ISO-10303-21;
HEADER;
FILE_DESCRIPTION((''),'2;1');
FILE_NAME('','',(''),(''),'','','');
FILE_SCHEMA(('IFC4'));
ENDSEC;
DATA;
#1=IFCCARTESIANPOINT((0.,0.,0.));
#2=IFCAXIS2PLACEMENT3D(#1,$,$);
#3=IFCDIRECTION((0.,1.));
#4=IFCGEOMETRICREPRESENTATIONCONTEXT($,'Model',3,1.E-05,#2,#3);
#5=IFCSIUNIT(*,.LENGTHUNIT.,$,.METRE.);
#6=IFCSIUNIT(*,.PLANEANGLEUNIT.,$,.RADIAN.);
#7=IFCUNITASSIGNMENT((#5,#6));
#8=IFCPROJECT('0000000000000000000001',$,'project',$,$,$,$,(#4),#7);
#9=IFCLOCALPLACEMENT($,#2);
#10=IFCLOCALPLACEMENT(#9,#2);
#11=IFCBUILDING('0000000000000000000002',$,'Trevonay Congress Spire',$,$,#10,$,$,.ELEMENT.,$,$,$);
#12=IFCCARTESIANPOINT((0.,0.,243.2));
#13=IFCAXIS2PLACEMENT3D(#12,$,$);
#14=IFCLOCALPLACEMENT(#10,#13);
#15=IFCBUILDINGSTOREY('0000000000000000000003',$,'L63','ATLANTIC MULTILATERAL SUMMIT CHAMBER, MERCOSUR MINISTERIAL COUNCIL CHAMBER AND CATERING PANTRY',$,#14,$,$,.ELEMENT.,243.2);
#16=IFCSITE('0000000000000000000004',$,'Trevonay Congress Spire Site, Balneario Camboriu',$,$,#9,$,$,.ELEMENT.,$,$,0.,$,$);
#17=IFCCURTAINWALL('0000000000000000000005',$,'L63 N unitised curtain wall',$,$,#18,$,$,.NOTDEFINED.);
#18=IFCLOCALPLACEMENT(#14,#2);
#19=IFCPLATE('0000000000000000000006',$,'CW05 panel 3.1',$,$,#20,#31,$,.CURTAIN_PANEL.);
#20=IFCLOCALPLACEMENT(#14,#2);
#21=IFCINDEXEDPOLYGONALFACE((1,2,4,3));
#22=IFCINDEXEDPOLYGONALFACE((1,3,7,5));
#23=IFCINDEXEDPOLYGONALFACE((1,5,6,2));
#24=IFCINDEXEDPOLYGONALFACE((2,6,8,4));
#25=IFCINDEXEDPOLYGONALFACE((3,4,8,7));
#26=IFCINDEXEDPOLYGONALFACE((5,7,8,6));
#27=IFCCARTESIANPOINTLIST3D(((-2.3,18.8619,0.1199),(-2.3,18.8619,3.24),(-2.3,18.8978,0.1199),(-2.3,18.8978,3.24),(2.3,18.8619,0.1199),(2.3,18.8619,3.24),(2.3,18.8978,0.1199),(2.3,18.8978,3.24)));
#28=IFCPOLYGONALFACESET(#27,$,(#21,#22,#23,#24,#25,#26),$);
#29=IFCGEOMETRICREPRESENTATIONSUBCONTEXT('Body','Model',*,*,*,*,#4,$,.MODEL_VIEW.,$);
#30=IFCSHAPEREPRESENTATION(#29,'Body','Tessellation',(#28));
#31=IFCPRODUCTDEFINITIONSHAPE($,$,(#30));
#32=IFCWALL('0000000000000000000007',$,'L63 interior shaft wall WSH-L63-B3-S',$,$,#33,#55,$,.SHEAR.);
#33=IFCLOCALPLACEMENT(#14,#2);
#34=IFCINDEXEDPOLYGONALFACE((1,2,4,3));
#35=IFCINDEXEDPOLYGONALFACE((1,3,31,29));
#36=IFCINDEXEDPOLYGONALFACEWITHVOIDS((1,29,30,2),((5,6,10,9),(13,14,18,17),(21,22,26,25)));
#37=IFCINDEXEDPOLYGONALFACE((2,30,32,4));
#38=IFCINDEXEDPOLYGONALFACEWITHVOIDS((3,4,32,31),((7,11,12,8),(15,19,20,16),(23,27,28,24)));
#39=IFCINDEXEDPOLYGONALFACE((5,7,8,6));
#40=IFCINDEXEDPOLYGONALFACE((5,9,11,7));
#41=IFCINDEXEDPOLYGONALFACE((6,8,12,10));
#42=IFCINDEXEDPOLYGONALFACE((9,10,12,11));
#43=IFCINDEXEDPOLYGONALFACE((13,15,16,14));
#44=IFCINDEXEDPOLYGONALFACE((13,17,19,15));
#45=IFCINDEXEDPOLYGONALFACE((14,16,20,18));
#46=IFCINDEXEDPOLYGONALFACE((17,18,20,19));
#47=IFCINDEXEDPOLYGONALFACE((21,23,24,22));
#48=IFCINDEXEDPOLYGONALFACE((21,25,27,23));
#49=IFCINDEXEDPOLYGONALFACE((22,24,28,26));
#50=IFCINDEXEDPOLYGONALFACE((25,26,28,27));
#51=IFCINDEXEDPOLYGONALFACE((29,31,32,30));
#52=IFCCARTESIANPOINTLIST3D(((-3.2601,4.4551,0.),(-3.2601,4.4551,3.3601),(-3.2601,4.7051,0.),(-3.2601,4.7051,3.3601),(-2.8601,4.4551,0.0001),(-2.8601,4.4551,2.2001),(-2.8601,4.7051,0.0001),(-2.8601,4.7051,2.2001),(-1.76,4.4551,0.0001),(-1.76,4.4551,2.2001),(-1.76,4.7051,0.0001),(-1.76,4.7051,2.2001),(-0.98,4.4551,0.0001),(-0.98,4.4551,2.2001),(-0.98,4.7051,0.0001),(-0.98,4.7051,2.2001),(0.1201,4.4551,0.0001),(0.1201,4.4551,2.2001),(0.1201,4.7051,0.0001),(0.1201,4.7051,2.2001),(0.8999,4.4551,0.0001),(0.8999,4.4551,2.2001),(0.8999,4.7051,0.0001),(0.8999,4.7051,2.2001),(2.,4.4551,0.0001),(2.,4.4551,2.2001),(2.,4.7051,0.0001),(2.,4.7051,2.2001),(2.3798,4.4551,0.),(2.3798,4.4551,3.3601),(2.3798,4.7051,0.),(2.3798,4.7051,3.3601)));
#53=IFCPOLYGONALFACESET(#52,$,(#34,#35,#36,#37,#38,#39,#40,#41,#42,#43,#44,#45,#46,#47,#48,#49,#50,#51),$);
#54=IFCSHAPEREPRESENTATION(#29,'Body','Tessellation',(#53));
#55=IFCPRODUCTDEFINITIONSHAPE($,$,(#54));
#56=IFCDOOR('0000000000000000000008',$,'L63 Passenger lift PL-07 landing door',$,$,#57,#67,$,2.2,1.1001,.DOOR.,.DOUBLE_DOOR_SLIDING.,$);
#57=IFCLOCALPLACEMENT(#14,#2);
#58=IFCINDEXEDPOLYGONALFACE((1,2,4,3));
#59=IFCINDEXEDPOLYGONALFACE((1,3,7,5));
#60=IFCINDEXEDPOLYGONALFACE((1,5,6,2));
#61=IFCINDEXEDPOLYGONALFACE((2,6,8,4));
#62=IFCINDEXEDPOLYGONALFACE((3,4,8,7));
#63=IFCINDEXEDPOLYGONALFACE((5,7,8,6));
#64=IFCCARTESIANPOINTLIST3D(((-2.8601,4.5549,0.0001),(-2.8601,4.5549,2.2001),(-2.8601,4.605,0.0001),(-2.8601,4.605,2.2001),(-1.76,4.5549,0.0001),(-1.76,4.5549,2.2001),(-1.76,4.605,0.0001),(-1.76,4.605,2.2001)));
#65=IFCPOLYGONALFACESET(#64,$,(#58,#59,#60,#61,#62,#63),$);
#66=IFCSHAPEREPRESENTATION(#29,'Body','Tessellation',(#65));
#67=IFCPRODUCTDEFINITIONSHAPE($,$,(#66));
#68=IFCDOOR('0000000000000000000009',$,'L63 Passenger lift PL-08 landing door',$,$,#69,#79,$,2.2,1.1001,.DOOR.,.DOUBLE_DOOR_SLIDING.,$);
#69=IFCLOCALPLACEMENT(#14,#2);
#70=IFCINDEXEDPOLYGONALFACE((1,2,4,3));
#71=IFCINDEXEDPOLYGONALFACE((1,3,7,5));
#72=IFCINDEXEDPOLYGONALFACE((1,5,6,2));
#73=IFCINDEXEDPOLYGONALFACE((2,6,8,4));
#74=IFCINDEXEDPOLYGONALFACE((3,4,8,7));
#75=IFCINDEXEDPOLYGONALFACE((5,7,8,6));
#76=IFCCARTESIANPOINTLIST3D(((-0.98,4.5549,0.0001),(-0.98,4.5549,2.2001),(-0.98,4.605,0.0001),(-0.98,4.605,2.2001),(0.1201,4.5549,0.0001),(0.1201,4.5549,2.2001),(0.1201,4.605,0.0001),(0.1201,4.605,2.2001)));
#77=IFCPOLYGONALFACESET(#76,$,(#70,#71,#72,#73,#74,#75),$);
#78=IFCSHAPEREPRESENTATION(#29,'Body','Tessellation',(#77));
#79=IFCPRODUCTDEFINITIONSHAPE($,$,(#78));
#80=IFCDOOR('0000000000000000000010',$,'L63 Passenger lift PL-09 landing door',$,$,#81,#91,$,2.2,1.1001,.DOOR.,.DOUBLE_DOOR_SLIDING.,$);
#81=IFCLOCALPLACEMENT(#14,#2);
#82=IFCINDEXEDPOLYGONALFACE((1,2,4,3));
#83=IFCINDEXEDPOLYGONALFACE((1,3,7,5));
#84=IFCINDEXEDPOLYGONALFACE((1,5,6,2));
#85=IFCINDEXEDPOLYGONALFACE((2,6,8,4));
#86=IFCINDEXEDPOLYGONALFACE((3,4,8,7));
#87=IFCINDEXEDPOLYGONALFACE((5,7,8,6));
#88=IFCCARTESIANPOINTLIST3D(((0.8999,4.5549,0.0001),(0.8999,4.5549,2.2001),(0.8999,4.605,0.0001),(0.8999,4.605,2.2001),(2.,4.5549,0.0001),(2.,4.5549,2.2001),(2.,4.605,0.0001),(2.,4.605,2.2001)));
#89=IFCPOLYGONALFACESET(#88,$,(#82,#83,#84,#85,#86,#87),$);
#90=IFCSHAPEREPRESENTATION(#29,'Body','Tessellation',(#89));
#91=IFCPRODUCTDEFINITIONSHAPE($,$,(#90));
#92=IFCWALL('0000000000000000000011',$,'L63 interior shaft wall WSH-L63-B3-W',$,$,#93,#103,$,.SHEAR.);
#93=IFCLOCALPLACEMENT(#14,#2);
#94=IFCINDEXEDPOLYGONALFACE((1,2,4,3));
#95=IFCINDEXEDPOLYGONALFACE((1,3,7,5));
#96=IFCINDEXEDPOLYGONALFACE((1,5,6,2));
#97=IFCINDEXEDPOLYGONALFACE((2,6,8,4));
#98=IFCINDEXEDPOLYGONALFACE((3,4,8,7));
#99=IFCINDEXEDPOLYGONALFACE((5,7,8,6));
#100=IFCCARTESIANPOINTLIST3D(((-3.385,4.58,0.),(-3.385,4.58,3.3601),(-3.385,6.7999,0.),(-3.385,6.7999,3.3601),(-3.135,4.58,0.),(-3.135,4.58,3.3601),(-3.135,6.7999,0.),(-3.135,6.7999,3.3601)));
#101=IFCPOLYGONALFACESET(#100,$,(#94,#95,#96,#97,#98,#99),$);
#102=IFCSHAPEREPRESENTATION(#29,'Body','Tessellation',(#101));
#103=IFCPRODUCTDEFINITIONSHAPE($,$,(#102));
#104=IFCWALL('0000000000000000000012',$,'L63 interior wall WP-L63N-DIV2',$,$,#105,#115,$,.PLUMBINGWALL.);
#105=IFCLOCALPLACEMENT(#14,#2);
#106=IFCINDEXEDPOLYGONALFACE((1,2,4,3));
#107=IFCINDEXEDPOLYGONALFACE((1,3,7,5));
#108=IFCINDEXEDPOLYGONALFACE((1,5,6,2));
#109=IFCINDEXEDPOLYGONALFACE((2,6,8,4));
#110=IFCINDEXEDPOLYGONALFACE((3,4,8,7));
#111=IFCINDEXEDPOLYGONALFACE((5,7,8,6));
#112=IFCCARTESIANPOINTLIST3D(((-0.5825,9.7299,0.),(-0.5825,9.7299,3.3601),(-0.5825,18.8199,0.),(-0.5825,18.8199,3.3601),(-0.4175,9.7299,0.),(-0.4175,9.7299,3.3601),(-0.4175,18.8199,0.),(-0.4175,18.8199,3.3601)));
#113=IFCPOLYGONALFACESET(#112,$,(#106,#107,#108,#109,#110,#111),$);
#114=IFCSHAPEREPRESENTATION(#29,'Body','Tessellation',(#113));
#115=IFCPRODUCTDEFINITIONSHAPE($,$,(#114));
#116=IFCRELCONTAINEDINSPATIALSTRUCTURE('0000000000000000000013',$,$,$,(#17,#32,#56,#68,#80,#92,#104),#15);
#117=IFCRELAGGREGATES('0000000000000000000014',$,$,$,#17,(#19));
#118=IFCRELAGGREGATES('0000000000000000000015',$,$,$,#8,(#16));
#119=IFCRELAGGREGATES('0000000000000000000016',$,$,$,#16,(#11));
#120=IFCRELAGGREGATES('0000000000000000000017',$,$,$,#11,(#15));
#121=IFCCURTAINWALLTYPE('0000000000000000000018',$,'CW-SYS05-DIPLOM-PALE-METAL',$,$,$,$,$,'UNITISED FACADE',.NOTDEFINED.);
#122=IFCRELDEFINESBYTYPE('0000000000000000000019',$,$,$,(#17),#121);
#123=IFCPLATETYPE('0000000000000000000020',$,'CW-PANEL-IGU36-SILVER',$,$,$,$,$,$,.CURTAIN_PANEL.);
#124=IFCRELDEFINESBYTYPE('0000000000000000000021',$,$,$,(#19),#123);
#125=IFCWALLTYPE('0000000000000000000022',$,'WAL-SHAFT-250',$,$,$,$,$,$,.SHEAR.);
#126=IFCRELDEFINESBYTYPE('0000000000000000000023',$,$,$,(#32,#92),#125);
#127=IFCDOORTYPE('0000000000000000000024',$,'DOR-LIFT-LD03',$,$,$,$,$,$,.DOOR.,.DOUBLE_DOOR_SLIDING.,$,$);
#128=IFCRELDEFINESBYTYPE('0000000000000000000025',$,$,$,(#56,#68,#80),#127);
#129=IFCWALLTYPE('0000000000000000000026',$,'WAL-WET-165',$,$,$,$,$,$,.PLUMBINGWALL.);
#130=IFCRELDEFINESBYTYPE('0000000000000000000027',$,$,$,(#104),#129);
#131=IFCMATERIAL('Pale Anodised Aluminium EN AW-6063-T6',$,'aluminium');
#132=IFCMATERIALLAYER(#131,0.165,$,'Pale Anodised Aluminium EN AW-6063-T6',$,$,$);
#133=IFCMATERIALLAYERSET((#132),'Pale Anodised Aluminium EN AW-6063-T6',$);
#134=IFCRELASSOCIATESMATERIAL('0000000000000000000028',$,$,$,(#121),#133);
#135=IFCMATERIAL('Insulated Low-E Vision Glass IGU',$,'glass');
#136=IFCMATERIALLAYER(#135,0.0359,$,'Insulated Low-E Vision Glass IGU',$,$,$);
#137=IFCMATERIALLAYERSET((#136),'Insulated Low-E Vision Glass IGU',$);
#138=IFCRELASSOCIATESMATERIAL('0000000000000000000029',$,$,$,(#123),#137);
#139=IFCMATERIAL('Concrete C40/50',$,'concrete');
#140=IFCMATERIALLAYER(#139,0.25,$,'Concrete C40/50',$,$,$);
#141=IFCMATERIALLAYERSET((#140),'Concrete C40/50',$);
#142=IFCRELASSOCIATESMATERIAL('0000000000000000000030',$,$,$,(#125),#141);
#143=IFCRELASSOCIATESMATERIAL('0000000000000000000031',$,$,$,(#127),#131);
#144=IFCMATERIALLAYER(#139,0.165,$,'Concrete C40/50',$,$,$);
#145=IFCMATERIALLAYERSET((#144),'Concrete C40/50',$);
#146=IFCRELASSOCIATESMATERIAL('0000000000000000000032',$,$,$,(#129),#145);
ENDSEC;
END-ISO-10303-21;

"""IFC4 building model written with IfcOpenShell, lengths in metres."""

from ifc_helpers import new_model, si_unit, direction, frame, frame_2d, origin, origin_2d, place, context, subcontext, project, spatial, rectangle, extrude, material, layer, layer_set, type_object, element, fill, aggregate, save


model = new_model("IFC4")

# Units and contexts
model_context = context("Model", 3, precision=1e-05, world=origin(), true_north=direction((0.0, 1.0)))
body_context = subcontext(model_context, "Body", "Model", "MODEL_VIEW")
ifc_project = project(units=[si_unit("LENGTHUNIT", "METRE"), si_unit("PLANEANGLEUNIT", "RADIAN")], contexts=[model_context])

# Site, building, storey
site_placement = place(None, origin())
site = spatial("IfcSite", under=ifc_project, at=site_placement, Name="Trevonay Congress Spire Site, Balneario Camboriu", CompositionType="ELEMENT", RefElevation=0.0)
building_placement = place(site_placement, origin())
building = spatial("IfcBuilding", under=site, at=building_placement, Name="Trevonay Congress Spire", CompositionType="ELEMENT")
storey_placement = place(building_placement, frame((0.0, 0.0, 243.2)))
storey = spatial("IfcBuildingStorey", under=building, at=storey_placement, Name="L63", Description="ATLANTIC MULTILATERAL SUMMIT CHAMBER, MERCOSUR MINISTERIAL COUNCIL CHAMBER AND CATERING PANTRY", CompositionType="ELEMENT", Elevation=243.2)

# Curtain wall, plate
ifc_material_1 = material(Name="Pale Anodised Aluminium EN AW-6063-T6", Category="aluminium")
ifc_layer_1 = layer(ifc_material_1, 0.165, Name="Pale Anodised Aluminium EN AW-6063-T6")
ifc_layer_set_1 = layer_set([ifc_layer_1], Name="Pale Anodised Aluminium EN AW-6063-T6")
curtain_wall_type = type_object("IfcCurtainWallType", Name="CW-SYS05-DIPLOM-PALE-METAL", ElementType="UNITISED FACADE", PredefinedType="NOTDEFINED", material=ifc_layer_set_1)
curtain_wall_placement = place(storey_placement, origin())
curtain_wall = element("IfcCurtainWall", 1, at=curtain_wall_placement, inside=storey, type_object=curtain_wall_type, Name="L63 N unitised curtain wall", PredefinedType="NOTDEFINED")
ifc_material_2 = material(Name="Insulated Low-E Vision Glass IGU", Category="glass")
ifc_layer_2 = layer(ifc_material_2, 0.0359, Name="Insulated Low-E Vision Glass IGU")
ifc_layer_set_2 = layer_set([ifc_layer_2], Name="Insulated Low-E Vision Glass IGU")
plate_type = type_object("IfcPlateType", Name="CW-PANEL-IGU36-SILVER", PredefinedType="CURTAIN_PANEL", material=ifc_layer_set_2)
plate_1_placement = place(storey_placement, frame((0.0, 18.8799, 0.1199), z_axis=(0.0, 0.0, 1.0), x_axis=(1.0, 0.0, 0.0)))
plate_1 = element("IfcPlate", 2, at=plate_1_placement, type_object=plate_type, Name="CW05 panel 3.1", PredefinedType="CURTAIN_PANEL", context=body_context, shape_type="SweptSolid", body=[
    extrude(rectangle(XDim=4.6001, YDim=0.0359, at=origin_2d()), origin(), (0.0, 0.0, 1.0), 3.1201),
])
aggregate(curtain_wall, [plate_1])

# Wall, openings, doors
ifc_material_3 = material(Name="Concrete C40/50", Category="concrete")
ifc_layer_3 = layer(ifc_material_3, 0.25, Name="Concrete C40/50")
ifc_layer_set_3 = layer_set([ifc_layer_3], Name="Concrete C40/50")
wall_type_1 = type_object("IfcWallType", Name="WAL-SHAFT-250", PredefinedType="SHEAR", material=ifc_layer_set_3)
wall_1_placement = place(storey_placement, frame((-3.26, 4.5801, 0.0), z_axis=(0.0, 0.0, 1.0), x_axis=(1.0, 0.0, 0.0)))
wall_1 = element("IfcWall", 3, at=wall_1_placement, inside=storey, type_object=wall_type_1, Name="L63 interior shaft wall WSH-L63-B3-S", PredefinedType="SHEAR", context=body_context, shape_type="SweptSolid", body=[
    extrude(rectangle(XDim=5.6399, YDim=0.25, at=frame_2d((2.8198, 0.0))), origin(), (0.0, 0.0, 1.0), 3.3601),
])
opening_1_placement = place(wall_1_placement, frame((0.3999, 0.0, 0.0)))
opening_1 = element("IfcOpeningElement", 4, at=opening_1_placement, cuts=wall_1, PredefinedType="OPENING", context=body_context, shape_type="SweptSolid", body=[
    extrude(rectangle(XDim=1.1001, YDim=2.2, at=frame_2d((0.55, 1.1001))), frame((0.0, 0.135, 0.0), z_axis=(0.0, -1.0, 0.0), x_axis=(1.0, 0.0, 0.0)), (0.0, 0.0, 1.0), 0.27),
])
opening_2_placement = place(wall_1_placement, frame((2.28, 0.0, 0.0)))
opening_2 = element("IfcOpeningElement", 5, at=opening_2_placement, cuts=wall_1, PredefinedType="OPENING", context=body_context, shape_type="SweptSolid", body=[
    extrude(rectangle(XDim=1.1001, YDim=2.2, at=frame_2d((0.55, 1.1001))), frame((0.0, 0.135, 0.0), z_axis=(0.0, -1.0, 0.0), x_axis=(1.0, 0.0, 0.0)), (0.0, 0.0, 1.0), 0.27),
])
opening_3_placement = place(wall_1_placement, frame((4.1599, 0.0, 0.0)))
opening_3 = element("IfcOpeningElement", 6, at=opening_3_placement, cuts=wall_1, PredefinedType="OPENING", context=body_context, shape_type="SweptSolid", body=[
    extrude(rectangle(XDim=1.1001, YDim=2.2, at=frame_2d((0.55, 1.1001))), frame((0.0, 0.135, 0.0), z_axis=(0.0, -1.0, 0.0), x_axis=(1.0, 0.0, 0.0)), (0.0, 0.0, 1.0), 0.27),
])
door_type = type_object("IfcDoorType", Name="DOR-LIFT-LD03", OperationType="DOUBLE_DOOR_SLIDING", PredefinedType="DOOR", material=ifc_material_1)
door_1_placement = place(opening_1_placement, origin())
door_1 = element("IfcDoor", 7, at=door_1_placement, inside=storey, type_object=door_type, Name="L63 Passenger lift PL-07 landing door", OperationType="DOUBLE_DOOR_SLIDING", OverallHeight=2.2, OverallWidth=1.1001, PredefinedType="DOOR", context=body_context, shape_type="SweptSolid", body=[
    extrude(rectangle(XDim=1.1001, YDim=2.2, at=frame_2d((0.55, 1.1001))), frame((0.0, 0.0249, 0.0), z_axis=(0.0, -1.0, 0.0), x_axis=(1.0, 0.0, 0.0)), (0.0, 0.0, 1.0), 0.05),
])
fill(opening_1, door_1)
door_2_placement = place(opening_2_placement, origin())
door_2 = element("IfcDoor", 8, at=door_2_placement, inside=storey, type_object=door_type, Name="L63 Passenger lift PL-08 landing door", OperationType="DOUBLE_DOOR_SLIDING", OverallHeight=2.2, OverallWidth=1.1001, PredefinedType="DOOR", context=body_context, shape_type="SweptSolid", body=[
    extrude(rectangle(XDim=1.1001, YDim=2.2, at=frame_2d((0.55, 1.1001))), frame((0.0, 0.0249, 0.0), z_axis=(0.0, -1.0, 0.0), x_axis=(1.0, 0.0, 0.0)), (0.0, 0.0, 1.0), 0.05),
])
fill(opening_2, door_2)
door_3_placement = place(opening_3_placement, origin())
door_3 = element("IfcDoor", 9, at=door_3_placement, inside=storey, type_object=door_type, Name="L63 Passenger lift PL-09 landing door", OperationType="DOUBLE_DOOR_SLIDING", OverallHeight=2.2, OverallWidth=1.1001, PredefinedType="DOOR", context=body_context, shape_type="SweptSolid", body=[
    extrude(rectangle(XDim=1.1001, YDim=2.2, at=frame_2d((0.55, 1.1001))), frame((0.0, 0.0249, 0.0), z_axis=(0.0, -1.0, 0.0), x_axis=(1.0, 0.0, 0.0)), (0.0, 0.0, 1.0), 0.05),
])
fill(opening_3, door_3)

# Walls
wall_2_placement = place(storey_placement, frame((-3.26, 4.5801, 0.0), z_axis=(0.0, 0.0, 1.0), x_axis=(0.0, 1.0, 0.0)))
element("IfcWall", 10, at=wall_2_placement, inside=storey, type_object=wall_type_1, Name="L63 interior shaft wall WSH-L63-B3-W", PredefinedType="SHEAR", context=body_context, shape_type="SweptSolid", body=[
    extrude(rectangle(XDim=2.22, YDim=0.25, at=frame_2d((1.1099, 0.0))), origin(), (0.0, 0.0, 1.0), 3.3601),
])
ifc_layer_4 = layer(ifc_material_3, 0.165, Name="Concrete C40/50")
ifc_layer_set_4 = layer_set([ifc_layer_4], Name="Concrete C40/50")
wall_type_2 = type_object("IfcWallType", Name="WAL-WET-165", PredefinedType="PLUMBINGWALL", material=ifc_layer_set_4)
wall_3_placement = place(storey_placement, frame((-0.5, 9.73, 0.0), z_axis=(0.0, 0.0, 1.0), x_axis=(0.0, 1.0, 0.0)))
element("IfcWall", 11, at=wall_3_placement, inside=storey, type_object=wall_type_2, Name="L63 interior wall WP-L63N-DIV2", PredefinedType="PLUMBINGWALL", context=body_context, shape_type="SweptSolid", body=[
    extrude(rectangle(XDim=9.0901, YDim=0.165, at=frame_2d((4.5449, 0.0))), origin(), (0.0, 0.0, 1.0), 3.3601),
])

save(model, "model.ifc")
